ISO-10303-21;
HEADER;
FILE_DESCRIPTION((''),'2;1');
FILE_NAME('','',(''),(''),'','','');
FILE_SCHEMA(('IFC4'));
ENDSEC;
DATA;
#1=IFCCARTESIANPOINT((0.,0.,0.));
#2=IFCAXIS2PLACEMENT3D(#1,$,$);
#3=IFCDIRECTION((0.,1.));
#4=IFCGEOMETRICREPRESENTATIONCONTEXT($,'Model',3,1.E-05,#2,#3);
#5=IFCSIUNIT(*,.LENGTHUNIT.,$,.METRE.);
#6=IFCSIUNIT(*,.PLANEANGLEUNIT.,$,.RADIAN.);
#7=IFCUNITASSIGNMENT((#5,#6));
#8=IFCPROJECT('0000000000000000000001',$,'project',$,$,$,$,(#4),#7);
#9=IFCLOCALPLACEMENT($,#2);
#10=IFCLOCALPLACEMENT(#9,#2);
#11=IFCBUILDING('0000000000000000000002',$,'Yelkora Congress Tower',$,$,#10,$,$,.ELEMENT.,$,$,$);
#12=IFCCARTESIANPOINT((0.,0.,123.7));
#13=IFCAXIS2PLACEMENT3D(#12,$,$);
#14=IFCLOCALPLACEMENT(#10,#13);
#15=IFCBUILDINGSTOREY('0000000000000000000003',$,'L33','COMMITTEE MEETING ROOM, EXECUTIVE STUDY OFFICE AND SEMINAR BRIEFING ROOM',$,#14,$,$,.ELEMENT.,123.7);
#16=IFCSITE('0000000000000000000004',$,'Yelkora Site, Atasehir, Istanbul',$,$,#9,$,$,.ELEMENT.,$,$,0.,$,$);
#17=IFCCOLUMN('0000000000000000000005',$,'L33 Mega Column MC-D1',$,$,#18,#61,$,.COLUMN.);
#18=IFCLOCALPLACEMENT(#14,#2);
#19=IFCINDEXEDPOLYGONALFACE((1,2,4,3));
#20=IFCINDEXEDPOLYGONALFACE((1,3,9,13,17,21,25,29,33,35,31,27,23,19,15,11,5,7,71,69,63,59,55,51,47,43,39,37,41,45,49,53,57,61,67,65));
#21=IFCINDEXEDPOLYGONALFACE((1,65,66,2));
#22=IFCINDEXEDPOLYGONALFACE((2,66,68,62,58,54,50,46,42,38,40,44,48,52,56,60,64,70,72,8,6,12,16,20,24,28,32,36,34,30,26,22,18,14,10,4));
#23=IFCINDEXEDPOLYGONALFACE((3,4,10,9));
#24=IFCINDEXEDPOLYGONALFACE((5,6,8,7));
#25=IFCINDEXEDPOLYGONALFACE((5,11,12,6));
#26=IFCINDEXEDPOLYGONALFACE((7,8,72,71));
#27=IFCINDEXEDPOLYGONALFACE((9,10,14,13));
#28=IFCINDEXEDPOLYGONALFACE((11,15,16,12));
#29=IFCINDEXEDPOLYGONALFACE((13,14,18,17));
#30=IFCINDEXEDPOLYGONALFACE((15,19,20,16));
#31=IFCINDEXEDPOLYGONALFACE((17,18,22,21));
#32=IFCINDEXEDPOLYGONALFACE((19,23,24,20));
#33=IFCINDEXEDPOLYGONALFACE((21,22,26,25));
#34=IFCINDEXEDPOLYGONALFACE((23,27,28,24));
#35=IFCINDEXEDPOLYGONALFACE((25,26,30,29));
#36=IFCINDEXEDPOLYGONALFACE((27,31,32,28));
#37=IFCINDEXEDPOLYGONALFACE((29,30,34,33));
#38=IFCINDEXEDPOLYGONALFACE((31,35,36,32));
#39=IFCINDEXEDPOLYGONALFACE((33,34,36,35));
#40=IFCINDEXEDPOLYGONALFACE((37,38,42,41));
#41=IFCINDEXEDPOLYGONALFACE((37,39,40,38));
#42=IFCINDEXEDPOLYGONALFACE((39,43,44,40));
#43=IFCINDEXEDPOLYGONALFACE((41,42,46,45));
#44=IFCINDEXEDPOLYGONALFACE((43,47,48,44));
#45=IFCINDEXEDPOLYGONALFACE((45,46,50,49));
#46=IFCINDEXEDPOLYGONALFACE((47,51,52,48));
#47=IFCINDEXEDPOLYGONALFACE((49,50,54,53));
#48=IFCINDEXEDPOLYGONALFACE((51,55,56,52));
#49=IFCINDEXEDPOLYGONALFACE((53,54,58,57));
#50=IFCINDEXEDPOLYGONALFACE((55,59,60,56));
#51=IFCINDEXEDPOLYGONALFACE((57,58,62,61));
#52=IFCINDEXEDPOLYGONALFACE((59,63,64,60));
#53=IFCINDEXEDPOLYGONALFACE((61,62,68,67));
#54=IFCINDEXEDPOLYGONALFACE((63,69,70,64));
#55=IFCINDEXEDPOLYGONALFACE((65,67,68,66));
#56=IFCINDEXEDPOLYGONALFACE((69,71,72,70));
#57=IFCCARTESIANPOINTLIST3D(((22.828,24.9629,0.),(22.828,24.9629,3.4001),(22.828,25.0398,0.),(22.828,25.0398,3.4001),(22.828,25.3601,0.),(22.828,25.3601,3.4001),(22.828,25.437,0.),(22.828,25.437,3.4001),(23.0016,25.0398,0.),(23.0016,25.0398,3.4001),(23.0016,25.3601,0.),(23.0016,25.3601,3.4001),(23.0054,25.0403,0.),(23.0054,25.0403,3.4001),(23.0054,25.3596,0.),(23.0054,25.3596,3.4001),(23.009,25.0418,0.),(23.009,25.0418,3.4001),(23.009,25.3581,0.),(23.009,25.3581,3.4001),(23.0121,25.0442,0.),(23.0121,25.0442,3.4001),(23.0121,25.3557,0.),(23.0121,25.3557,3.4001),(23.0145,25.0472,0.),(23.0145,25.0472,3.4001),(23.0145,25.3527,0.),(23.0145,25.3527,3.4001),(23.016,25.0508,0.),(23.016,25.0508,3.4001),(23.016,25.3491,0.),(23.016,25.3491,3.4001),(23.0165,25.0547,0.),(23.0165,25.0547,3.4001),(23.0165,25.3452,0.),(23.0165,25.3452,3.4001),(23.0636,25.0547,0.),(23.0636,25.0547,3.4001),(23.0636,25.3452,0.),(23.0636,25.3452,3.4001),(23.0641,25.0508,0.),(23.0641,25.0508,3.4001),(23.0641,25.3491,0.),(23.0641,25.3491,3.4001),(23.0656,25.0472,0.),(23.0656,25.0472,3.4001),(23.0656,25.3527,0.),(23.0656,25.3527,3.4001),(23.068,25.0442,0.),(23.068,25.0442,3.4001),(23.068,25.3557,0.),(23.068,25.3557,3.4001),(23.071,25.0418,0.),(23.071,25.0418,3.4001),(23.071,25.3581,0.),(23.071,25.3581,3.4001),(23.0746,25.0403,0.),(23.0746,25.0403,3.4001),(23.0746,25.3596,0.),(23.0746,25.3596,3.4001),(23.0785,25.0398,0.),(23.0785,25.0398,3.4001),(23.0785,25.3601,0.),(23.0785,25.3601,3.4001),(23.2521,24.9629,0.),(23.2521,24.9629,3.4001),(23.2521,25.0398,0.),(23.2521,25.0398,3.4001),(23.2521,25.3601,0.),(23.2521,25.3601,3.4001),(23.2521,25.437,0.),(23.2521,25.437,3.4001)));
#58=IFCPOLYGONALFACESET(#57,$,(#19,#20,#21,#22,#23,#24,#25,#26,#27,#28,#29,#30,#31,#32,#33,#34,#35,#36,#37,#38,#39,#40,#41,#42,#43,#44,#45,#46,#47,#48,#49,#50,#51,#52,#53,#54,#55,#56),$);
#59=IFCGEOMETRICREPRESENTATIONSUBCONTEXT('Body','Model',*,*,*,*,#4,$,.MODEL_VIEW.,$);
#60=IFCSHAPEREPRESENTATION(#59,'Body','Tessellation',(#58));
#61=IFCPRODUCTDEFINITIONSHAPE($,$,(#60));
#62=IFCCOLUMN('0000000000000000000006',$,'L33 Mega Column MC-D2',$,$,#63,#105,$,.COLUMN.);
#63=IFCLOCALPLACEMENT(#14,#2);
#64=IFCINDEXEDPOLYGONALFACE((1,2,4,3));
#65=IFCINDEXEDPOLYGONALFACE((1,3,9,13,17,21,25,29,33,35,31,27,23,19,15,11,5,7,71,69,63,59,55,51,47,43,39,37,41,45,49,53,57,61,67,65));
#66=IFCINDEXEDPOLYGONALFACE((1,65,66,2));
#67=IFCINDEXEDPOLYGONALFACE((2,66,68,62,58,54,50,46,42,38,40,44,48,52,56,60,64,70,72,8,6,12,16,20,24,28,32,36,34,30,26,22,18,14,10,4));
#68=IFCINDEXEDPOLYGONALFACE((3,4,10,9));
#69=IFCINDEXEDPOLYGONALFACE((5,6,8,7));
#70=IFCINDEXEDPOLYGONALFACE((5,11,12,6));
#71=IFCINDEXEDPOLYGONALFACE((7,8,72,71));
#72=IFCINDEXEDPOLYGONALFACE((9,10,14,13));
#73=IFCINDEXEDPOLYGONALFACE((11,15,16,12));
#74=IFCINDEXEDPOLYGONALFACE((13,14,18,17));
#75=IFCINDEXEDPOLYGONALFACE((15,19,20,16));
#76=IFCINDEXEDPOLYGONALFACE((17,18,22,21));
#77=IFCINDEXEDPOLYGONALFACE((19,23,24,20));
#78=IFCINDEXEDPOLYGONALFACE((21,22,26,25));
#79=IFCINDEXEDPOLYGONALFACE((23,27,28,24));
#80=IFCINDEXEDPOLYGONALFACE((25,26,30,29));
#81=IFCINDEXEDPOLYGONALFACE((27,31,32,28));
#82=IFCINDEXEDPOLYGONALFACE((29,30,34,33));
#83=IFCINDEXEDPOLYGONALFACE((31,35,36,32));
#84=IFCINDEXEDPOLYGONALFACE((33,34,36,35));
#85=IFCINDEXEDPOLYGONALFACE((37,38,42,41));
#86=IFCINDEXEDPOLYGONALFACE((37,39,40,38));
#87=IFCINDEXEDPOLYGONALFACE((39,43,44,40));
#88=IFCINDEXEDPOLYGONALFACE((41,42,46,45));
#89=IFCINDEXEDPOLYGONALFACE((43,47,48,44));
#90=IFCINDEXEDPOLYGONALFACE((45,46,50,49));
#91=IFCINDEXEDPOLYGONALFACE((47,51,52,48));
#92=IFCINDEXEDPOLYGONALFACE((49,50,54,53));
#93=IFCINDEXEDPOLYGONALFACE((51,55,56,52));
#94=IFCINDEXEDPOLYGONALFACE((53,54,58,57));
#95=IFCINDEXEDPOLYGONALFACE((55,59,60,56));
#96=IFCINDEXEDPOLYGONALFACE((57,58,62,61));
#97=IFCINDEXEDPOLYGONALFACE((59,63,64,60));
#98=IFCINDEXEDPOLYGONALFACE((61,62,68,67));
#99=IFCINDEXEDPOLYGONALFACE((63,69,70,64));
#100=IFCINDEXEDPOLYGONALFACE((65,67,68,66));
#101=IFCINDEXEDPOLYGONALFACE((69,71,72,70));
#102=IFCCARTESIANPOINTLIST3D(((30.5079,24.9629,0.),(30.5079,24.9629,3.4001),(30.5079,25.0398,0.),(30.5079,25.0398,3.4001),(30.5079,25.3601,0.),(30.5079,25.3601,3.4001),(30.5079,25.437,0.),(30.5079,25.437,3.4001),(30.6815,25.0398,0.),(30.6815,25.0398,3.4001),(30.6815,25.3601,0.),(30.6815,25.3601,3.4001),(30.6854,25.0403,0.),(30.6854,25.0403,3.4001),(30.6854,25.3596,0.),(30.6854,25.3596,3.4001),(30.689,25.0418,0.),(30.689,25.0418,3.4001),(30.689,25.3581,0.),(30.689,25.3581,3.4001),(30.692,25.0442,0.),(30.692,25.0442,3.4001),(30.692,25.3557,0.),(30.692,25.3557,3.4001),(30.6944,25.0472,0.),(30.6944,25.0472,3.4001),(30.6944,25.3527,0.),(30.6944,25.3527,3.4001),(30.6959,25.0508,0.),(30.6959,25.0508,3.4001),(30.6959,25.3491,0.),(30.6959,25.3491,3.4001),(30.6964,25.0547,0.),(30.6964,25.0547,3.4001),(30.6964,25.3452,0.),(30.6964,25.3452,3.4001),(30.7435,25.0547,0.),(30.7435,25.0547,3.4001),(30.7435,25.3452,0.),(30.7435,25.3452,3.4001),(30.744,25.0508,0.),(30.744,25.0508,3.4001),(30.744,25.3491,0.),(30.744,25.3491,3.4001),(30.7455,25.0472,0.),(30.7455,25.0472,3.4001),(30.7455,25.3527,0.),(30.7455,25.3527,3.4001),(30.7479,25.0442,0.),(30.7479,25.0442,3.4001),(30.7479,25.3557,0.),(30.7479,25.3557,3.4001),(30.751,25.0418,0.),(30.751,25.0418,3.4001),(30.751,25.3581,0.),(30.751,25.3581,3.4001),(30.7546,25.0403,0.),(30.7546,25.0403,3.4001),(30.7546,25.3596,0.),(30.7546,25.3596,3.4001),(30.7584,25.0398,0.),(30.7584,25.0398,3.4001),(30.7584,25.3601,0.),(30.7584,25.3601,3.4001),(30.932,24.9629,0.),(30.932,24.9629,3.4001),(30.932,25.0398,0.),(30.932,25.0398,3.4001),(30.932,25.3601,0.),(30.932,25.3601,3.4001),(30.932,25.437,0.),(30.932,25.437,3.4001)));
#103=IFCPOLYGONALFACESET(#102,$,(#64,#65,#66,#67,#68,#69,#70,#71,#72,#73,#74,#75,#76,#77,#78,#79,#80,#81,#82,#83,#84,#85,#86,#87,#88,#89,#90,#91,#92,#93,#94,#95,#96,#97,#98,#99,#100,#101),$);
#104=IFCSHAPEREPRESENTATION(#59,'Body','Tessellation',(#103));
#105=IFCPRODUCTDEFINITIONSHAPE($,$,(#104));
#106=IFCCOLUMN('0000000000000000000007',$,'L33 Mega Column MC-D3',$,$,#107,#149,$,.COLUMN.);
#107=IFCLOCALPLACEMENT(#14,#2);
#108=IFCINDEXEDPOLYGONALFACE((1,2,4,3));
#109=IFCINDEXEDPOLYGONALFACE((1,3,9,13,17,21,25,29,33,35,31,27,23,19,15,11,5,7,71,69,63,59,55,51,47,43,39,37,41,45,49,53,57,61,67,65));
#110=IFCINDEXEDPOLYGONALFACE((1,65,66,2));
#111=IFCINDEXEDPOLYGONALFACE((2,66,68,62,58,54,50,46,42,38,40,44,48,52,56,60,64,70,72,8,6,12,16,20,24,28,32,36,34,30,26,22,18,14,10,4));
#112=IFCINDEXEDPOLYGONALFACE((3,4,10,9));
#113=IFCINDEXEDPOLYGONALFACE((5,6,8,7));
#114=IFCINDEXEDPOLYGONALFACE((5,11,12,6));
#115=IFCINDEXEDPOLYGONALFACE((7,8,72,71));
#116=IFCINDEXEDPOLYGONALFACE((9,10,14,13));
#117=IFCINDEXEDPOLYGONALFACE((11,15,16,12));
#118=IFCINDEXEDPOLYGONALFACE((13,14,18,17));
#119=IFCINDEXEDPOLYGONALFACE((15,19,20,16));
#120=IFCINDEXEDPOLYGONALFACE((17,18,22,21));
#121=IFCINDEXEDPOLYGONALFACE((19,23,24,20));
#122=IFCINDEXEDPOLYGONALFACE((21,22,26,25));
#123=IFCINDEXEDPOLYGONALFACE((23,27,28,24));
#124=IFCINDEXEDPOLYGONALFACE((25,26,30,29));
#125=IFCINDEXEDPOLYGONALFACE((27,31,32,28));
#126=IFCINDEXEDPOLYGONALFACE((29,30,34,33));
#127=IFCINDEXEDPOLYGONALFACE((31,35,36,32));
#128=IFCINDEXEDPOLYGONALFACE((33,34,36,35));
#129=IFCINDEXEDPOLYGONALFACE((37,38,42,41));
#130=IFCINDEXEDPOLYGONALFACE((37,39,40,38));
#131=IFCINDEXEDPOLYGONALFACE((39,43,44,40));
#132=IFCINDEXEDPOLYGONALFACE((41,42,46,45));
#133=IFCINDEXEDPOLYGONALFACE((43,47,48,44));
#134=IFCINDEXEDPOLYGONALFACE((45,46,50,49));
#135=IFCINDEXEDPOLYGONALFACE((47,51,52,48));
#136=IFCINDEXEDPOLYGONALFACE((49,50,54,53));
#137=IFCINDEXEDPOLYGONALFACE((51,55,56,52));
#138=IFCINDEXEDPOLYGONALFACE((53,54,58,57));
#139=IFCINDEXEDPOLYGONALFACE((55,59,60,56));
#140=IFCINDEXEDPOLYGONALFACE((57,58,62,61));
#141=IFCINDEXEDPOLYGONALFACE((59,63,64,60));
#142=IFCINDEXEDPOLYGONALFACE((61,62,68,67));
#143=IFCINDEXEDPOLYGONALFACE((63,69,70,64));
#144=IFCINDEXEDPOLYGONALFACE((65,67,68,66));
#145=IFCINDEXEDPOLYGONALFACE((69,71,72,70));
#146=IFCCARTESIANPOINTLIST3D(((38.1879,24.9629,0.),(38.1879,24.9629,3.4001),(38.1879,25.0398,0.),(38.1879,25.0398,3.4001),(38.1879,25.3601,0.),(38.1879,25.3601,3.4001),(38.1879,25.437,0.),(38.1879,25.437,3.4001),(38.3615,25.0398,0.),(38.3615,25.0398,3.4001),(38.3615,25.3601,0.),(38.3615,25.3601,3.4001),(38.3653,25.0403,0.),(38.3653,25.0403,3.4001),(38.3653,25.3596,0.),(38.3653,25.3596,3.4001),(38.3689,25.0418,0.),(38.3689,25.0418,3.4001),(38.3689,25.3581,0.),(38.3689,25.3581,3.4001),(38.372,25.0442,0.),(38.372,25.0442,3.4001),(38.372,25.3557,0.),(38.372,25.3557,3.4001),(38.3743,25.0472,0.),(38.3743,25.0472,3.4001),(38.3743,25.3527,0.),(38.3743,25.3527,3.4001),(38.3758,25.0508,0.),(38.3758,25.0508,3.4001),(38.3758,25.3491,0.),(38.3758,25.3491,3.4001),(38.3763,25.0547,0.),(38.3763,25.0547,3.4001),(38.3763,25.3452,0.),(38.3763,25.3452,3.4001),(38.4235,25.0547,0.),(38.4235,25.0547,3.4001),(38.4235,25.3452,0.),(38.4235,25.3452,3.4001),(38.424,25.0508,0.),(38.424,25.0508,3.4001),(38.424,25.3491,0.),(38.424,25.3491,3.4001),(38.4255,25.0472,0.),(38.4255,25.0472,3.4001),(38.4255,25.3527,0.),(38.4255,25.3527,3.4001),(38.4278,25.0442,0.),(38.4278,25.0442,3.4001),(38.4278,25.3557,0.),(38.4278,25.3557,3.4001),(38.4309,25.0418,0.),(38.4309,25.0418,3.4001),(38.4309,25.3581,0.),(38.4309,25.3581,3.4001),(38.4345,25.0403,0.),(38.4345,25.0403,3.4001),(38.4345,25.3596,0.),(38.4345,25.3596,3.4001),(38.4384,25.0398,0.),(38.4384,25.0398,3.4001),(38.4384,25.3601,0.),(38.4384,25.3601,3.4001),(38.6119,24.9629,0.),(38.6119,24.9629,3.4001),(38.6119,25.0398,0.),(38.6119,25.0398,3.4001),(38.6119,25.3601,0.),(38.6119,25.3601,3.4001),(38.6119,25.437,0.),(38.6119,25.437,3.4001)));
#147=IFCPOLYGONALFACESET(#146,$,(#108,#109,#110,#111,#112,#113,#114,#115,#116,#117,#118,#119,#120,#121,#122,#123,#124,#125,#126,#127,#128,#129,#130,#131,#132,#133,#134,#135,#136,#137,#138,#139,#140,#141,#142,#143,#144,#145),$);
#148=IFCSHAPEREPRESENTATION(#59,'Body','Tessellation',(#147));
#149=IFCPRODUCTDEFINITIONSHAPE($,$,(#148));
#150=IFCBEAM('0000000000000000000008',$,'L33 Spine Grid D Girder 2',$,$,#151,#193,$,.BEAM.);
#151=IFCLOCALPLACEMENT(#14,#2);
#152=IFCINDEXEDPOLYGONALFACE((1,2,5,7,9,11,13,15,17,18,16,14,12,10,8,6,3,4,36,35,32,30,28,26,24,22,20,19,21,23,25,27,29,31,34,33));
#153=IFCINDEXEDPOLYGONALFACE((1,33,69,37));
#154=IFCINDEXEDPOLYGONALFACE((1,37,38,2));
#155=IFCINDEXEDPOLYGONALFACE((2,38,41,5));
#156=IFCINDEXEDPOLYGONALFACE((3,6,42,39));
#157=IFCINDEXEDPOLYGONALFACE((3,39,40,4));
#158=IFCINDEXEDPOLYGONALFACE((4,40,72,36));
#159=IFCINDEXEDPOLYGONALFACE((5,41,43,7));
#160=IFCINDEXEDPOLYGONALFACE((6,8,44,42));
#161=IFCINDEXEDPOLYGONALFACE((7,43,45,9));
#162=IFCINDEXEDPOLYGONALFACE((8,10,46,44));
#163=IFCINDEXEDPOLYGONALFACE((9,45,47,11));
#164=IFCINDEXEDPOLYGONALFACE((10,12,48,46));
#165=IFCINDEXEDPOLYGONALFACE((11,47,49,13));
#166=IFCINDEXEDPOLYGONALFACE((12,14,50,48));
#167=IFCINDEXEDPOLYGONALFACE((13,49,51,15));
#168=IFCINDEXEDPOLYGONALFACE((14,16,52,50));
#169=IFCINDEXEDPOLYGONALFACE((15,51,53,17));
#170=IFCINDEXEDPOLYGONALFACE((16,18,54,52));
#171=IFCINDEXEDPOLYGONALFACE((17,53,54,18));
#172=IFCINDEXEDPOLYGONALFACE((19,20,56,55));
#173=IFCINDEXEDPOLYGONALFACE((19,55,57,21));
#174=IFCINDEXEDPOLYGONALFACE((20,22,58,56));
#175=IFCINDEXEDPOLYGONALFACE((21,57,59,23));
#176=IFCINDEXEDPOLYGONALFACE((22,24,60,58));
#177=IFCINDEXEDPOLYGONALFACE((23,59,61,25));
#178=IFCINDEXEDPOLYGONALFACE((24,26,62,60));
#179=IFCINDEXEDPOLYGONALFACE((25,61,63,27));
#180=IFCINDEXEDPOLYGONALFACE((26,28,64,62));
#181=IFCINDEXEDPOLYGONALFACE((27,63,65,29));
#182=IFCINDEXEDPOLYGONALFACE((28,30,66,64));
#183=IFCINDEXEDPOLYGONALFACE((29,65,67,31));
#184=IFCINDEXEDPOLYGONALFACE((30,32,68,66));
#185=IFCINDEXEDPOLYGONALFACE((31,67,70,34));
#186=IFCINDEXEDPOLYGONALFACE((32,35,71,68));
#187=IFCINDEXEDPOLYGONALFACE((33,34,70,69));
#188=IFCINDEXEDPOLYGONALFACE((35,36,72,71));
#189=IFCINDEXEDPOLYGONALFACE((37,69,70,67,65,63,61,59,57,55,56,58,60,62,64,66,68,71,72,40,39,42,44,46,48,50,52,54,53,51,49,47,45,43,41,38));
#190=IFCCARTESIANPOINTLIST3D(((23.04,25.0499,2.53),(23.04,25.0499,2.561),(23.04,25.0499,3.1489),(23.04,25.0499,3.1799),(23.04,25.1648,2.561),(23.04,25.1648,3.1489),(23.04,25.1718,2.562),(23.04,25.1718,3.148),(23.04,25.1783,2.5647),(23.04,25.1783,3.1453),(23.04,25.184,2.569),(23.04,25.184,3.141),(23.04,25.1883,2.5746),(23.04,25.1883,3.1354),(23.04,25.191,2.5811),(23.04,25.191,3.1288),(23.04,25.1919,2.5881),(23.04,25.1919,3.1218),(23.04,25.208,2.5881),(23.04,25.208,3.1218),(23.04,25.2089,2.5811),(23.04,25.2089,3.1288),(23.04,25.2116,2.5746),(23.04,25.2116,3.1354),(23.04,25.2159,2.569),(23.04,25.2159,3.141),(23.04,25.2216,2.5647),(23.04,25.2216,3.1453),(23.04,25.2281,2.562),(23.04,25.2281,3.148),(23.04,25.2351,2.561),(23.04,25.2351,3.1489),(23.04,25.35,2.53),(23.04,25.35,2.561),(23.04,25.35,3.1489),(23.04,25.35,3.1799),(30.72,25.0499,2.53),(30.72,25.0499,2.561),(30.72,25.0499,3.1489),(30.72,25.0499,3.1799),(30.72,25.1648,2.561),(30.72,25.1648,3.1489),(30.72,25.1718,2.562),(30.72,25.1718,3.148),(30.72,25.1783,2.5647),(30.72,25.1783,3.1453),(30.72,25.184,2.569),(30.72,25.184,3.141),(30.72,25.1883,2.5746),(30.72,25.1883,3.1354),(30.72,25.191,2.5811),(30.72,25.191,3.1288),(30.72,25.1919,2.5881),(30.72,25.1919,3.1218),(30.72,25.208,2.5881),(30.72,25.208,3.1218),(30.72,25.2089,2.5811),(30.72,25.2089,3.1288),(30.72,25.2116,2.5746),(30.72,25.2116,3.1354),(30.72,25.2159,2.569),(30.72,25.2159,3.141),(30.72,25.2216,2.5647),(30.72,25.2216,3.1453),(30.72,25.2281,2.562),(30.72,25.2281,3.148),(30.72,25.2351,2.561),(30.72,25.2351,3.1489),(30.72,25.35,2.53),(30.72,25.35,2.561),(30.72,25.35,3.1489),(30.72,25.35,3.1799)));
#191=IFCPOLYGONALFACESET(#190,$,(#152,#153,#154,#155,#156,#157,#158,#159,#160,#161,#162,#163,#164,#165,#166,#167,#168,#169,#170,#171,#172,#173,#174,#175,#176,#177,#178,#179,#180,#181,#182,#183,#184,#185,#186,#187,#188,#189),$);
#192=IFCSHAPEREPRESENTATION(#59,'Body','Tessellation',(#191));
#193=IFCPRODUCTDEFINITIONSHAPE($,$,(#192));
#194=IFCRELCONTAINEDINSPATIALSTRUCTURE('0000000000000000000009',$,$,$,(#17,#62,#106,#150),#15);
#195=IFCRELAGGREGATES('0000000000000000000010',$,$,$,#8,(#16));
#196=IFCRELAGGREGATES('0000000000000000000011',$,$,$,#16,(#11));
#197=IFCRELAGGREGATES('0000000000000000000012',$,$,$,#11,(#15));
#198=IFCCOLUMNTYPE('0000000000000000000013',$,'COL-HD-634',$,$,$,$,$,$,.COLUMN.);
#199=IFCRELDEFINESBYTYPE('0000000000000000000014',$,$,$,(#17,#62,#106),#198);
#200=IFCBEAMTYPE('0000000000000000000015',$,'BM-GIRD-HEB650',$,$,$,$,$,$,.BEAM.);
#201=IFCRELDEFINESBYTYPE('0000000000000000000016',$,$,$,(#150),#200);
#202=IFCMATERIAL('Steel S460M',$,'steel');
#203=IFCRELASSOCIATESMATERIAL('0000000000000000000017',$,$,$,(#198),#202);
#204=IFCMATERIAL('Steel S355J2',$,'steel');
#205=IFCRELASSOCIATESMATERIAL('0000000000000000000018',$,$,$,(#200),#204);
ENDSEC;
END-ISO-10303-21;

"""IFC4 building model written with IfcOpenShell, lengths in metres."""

from ifc_helpers import new_model, si_unit, direction, frame, origin, origin_2d, place, context, subcontext, project, spatial, i_section, extrude, material, material_profile, profile_set, type_object, element, save


model = new_model("IFC4")

# Units and contexts
model_context = context("Model", 3, precision=1e-05, world=origin(), true_north=direction((0.0, 1.0)))
body_context = subcontext(model_context, "Body", "Model", "MODEL_VIEW")
ifc_project = project(units=[si_unit("LENGTHUNIT", "METRE"), si_unit("PLANEANGLEUNIT", "RADIAN")], contexts=[model_context])

# Site, building, storey
site_placement = place(None, origin())
site = spatial("IfcSite", under=ifc_project, at=site_placement, Name="Yelkora Site, Atasehir, Istanbul", CompositionType="ELEMENT", RefElevation=0.0)
building_placement = place(site_placement, origin())
building = spatial("IfcBuilding", under=site, at=building_placement, Name="Yelkora Congress Tower", CompositionType="ELEMENT")
storey_placement = place(building_placement, frame((0.0, 0.0, 123.7)))
storey = spatial("IfcBuildingStorey", under=building, at=storey_placement, Name="L33", Description="COMMITTEE MEETING ROOM, EXECUTIVE STUDY OFFICE AND SEMINAR BRIEFING ROOM", CompositionType="ELEMENT", Elevation=123.7)

# Columns
ifc_material_1 = material(Name="Steel S460M", Category="steel")
ifc_material_profile_1 = material_profile(ifc_material_1, i_section(OverallWidth=0.4241, OverallDepth=0.4741, WebThickness=0.0471, FlangeThickness=0.0769, FilletRadius=0.0149, at=origin_2d()), Name="HD 400x634")
ifc_profile_set_1 = profile_set([ifc_material_profile_1], Name="Steel S460M")
column_type = type_object("IfcColumnType", Name="COL-HD-634", PredefinedType="COLUMN", material=ifc_profile_set_1)
for number, where, z_axis, x_axis, name in (
    (1, (23.04, 25.2, 0.0), (0.0, 0.0, 1.0), (1.0, 0.0, 0.0), "L33 Mega Column MC-D1"),
    (2, (30.72, 25.2, 0.0), (0.0, 0.0, 1.0), (1.0, 0.0, 0.0), "L33 Mega Column MC-D2"),
    (3, (38.3999, 25.2, 0.0), (0.0, 0.0, 1.0), (1.0, 0.0, 0.0), "L33 Mega Column MC-D3"),
):
    element("IfcColumn", number, at=place(storey_placement, frame(where, z_axis=z_axis, x_axis=x_axis)), inside=storey, type_object=column_type, Name=name, PredefinedType="COLUMN", context=body_context, shape_type="SweptSolid", body=[
        extrude(i_section(OverallWidth=0.4241, OverallDepth=0.4741, WebThickness=0.0471, FlangeThickness=0.0769, FilletRadius=0.0149, at=origin_2d()), origin(), (0.0, 0.0, 1.0), 3.4001),
    ])

# Beam
ifc_material_2 = material(Name="Steel S355J2", Category="steel")
ifc_material_profile_2 = material_profile(ifc_material_2, i_section(OverallWidth=0.3, OverallDepth=0.6499, WebThickness=0.0161, FlangeThickness=0.031, FilletRadius=0.0271, at=origin_2d()), Name="HEB 650")
ifc_profile_set_2 = profile_set([ifc_material_profile_2], Name="Steel S355J2")
beam_type_1 = type_object("IfcBeamType", Name="BM-GIRD-HEB650", PredefinedType="BEAM", material=ifc_profile_set_2)
for number, where, z_axis, x_axis, name in (
    (4, (23.04, 25.2, 2.855), (1.0, 0.0, 0.0), (0.0, 1.0, 0.0), "L33 Spine Grid D Girder 2"),
):
    element("IfcBeam", number, at=place(storey_placement, frame(where, z_axis=z_axis, x_axis=x_axis)), inside=storey, type_object=beam_type_1, Name=name, PredefinedType="BEAM", context=body_context, shape_type="SweptSolid", body=[
        extrude(i_section(OverallWidth=0.3, OverallDepth=0.6499, WebThickness=0.0161, FlangeThickness=0.031, FilletRadius=0.0271, at=origin_2d()), origin(), (0.0, 0.0, 1.0), 7.6799),
    ])

save(model, "model.ifc")
